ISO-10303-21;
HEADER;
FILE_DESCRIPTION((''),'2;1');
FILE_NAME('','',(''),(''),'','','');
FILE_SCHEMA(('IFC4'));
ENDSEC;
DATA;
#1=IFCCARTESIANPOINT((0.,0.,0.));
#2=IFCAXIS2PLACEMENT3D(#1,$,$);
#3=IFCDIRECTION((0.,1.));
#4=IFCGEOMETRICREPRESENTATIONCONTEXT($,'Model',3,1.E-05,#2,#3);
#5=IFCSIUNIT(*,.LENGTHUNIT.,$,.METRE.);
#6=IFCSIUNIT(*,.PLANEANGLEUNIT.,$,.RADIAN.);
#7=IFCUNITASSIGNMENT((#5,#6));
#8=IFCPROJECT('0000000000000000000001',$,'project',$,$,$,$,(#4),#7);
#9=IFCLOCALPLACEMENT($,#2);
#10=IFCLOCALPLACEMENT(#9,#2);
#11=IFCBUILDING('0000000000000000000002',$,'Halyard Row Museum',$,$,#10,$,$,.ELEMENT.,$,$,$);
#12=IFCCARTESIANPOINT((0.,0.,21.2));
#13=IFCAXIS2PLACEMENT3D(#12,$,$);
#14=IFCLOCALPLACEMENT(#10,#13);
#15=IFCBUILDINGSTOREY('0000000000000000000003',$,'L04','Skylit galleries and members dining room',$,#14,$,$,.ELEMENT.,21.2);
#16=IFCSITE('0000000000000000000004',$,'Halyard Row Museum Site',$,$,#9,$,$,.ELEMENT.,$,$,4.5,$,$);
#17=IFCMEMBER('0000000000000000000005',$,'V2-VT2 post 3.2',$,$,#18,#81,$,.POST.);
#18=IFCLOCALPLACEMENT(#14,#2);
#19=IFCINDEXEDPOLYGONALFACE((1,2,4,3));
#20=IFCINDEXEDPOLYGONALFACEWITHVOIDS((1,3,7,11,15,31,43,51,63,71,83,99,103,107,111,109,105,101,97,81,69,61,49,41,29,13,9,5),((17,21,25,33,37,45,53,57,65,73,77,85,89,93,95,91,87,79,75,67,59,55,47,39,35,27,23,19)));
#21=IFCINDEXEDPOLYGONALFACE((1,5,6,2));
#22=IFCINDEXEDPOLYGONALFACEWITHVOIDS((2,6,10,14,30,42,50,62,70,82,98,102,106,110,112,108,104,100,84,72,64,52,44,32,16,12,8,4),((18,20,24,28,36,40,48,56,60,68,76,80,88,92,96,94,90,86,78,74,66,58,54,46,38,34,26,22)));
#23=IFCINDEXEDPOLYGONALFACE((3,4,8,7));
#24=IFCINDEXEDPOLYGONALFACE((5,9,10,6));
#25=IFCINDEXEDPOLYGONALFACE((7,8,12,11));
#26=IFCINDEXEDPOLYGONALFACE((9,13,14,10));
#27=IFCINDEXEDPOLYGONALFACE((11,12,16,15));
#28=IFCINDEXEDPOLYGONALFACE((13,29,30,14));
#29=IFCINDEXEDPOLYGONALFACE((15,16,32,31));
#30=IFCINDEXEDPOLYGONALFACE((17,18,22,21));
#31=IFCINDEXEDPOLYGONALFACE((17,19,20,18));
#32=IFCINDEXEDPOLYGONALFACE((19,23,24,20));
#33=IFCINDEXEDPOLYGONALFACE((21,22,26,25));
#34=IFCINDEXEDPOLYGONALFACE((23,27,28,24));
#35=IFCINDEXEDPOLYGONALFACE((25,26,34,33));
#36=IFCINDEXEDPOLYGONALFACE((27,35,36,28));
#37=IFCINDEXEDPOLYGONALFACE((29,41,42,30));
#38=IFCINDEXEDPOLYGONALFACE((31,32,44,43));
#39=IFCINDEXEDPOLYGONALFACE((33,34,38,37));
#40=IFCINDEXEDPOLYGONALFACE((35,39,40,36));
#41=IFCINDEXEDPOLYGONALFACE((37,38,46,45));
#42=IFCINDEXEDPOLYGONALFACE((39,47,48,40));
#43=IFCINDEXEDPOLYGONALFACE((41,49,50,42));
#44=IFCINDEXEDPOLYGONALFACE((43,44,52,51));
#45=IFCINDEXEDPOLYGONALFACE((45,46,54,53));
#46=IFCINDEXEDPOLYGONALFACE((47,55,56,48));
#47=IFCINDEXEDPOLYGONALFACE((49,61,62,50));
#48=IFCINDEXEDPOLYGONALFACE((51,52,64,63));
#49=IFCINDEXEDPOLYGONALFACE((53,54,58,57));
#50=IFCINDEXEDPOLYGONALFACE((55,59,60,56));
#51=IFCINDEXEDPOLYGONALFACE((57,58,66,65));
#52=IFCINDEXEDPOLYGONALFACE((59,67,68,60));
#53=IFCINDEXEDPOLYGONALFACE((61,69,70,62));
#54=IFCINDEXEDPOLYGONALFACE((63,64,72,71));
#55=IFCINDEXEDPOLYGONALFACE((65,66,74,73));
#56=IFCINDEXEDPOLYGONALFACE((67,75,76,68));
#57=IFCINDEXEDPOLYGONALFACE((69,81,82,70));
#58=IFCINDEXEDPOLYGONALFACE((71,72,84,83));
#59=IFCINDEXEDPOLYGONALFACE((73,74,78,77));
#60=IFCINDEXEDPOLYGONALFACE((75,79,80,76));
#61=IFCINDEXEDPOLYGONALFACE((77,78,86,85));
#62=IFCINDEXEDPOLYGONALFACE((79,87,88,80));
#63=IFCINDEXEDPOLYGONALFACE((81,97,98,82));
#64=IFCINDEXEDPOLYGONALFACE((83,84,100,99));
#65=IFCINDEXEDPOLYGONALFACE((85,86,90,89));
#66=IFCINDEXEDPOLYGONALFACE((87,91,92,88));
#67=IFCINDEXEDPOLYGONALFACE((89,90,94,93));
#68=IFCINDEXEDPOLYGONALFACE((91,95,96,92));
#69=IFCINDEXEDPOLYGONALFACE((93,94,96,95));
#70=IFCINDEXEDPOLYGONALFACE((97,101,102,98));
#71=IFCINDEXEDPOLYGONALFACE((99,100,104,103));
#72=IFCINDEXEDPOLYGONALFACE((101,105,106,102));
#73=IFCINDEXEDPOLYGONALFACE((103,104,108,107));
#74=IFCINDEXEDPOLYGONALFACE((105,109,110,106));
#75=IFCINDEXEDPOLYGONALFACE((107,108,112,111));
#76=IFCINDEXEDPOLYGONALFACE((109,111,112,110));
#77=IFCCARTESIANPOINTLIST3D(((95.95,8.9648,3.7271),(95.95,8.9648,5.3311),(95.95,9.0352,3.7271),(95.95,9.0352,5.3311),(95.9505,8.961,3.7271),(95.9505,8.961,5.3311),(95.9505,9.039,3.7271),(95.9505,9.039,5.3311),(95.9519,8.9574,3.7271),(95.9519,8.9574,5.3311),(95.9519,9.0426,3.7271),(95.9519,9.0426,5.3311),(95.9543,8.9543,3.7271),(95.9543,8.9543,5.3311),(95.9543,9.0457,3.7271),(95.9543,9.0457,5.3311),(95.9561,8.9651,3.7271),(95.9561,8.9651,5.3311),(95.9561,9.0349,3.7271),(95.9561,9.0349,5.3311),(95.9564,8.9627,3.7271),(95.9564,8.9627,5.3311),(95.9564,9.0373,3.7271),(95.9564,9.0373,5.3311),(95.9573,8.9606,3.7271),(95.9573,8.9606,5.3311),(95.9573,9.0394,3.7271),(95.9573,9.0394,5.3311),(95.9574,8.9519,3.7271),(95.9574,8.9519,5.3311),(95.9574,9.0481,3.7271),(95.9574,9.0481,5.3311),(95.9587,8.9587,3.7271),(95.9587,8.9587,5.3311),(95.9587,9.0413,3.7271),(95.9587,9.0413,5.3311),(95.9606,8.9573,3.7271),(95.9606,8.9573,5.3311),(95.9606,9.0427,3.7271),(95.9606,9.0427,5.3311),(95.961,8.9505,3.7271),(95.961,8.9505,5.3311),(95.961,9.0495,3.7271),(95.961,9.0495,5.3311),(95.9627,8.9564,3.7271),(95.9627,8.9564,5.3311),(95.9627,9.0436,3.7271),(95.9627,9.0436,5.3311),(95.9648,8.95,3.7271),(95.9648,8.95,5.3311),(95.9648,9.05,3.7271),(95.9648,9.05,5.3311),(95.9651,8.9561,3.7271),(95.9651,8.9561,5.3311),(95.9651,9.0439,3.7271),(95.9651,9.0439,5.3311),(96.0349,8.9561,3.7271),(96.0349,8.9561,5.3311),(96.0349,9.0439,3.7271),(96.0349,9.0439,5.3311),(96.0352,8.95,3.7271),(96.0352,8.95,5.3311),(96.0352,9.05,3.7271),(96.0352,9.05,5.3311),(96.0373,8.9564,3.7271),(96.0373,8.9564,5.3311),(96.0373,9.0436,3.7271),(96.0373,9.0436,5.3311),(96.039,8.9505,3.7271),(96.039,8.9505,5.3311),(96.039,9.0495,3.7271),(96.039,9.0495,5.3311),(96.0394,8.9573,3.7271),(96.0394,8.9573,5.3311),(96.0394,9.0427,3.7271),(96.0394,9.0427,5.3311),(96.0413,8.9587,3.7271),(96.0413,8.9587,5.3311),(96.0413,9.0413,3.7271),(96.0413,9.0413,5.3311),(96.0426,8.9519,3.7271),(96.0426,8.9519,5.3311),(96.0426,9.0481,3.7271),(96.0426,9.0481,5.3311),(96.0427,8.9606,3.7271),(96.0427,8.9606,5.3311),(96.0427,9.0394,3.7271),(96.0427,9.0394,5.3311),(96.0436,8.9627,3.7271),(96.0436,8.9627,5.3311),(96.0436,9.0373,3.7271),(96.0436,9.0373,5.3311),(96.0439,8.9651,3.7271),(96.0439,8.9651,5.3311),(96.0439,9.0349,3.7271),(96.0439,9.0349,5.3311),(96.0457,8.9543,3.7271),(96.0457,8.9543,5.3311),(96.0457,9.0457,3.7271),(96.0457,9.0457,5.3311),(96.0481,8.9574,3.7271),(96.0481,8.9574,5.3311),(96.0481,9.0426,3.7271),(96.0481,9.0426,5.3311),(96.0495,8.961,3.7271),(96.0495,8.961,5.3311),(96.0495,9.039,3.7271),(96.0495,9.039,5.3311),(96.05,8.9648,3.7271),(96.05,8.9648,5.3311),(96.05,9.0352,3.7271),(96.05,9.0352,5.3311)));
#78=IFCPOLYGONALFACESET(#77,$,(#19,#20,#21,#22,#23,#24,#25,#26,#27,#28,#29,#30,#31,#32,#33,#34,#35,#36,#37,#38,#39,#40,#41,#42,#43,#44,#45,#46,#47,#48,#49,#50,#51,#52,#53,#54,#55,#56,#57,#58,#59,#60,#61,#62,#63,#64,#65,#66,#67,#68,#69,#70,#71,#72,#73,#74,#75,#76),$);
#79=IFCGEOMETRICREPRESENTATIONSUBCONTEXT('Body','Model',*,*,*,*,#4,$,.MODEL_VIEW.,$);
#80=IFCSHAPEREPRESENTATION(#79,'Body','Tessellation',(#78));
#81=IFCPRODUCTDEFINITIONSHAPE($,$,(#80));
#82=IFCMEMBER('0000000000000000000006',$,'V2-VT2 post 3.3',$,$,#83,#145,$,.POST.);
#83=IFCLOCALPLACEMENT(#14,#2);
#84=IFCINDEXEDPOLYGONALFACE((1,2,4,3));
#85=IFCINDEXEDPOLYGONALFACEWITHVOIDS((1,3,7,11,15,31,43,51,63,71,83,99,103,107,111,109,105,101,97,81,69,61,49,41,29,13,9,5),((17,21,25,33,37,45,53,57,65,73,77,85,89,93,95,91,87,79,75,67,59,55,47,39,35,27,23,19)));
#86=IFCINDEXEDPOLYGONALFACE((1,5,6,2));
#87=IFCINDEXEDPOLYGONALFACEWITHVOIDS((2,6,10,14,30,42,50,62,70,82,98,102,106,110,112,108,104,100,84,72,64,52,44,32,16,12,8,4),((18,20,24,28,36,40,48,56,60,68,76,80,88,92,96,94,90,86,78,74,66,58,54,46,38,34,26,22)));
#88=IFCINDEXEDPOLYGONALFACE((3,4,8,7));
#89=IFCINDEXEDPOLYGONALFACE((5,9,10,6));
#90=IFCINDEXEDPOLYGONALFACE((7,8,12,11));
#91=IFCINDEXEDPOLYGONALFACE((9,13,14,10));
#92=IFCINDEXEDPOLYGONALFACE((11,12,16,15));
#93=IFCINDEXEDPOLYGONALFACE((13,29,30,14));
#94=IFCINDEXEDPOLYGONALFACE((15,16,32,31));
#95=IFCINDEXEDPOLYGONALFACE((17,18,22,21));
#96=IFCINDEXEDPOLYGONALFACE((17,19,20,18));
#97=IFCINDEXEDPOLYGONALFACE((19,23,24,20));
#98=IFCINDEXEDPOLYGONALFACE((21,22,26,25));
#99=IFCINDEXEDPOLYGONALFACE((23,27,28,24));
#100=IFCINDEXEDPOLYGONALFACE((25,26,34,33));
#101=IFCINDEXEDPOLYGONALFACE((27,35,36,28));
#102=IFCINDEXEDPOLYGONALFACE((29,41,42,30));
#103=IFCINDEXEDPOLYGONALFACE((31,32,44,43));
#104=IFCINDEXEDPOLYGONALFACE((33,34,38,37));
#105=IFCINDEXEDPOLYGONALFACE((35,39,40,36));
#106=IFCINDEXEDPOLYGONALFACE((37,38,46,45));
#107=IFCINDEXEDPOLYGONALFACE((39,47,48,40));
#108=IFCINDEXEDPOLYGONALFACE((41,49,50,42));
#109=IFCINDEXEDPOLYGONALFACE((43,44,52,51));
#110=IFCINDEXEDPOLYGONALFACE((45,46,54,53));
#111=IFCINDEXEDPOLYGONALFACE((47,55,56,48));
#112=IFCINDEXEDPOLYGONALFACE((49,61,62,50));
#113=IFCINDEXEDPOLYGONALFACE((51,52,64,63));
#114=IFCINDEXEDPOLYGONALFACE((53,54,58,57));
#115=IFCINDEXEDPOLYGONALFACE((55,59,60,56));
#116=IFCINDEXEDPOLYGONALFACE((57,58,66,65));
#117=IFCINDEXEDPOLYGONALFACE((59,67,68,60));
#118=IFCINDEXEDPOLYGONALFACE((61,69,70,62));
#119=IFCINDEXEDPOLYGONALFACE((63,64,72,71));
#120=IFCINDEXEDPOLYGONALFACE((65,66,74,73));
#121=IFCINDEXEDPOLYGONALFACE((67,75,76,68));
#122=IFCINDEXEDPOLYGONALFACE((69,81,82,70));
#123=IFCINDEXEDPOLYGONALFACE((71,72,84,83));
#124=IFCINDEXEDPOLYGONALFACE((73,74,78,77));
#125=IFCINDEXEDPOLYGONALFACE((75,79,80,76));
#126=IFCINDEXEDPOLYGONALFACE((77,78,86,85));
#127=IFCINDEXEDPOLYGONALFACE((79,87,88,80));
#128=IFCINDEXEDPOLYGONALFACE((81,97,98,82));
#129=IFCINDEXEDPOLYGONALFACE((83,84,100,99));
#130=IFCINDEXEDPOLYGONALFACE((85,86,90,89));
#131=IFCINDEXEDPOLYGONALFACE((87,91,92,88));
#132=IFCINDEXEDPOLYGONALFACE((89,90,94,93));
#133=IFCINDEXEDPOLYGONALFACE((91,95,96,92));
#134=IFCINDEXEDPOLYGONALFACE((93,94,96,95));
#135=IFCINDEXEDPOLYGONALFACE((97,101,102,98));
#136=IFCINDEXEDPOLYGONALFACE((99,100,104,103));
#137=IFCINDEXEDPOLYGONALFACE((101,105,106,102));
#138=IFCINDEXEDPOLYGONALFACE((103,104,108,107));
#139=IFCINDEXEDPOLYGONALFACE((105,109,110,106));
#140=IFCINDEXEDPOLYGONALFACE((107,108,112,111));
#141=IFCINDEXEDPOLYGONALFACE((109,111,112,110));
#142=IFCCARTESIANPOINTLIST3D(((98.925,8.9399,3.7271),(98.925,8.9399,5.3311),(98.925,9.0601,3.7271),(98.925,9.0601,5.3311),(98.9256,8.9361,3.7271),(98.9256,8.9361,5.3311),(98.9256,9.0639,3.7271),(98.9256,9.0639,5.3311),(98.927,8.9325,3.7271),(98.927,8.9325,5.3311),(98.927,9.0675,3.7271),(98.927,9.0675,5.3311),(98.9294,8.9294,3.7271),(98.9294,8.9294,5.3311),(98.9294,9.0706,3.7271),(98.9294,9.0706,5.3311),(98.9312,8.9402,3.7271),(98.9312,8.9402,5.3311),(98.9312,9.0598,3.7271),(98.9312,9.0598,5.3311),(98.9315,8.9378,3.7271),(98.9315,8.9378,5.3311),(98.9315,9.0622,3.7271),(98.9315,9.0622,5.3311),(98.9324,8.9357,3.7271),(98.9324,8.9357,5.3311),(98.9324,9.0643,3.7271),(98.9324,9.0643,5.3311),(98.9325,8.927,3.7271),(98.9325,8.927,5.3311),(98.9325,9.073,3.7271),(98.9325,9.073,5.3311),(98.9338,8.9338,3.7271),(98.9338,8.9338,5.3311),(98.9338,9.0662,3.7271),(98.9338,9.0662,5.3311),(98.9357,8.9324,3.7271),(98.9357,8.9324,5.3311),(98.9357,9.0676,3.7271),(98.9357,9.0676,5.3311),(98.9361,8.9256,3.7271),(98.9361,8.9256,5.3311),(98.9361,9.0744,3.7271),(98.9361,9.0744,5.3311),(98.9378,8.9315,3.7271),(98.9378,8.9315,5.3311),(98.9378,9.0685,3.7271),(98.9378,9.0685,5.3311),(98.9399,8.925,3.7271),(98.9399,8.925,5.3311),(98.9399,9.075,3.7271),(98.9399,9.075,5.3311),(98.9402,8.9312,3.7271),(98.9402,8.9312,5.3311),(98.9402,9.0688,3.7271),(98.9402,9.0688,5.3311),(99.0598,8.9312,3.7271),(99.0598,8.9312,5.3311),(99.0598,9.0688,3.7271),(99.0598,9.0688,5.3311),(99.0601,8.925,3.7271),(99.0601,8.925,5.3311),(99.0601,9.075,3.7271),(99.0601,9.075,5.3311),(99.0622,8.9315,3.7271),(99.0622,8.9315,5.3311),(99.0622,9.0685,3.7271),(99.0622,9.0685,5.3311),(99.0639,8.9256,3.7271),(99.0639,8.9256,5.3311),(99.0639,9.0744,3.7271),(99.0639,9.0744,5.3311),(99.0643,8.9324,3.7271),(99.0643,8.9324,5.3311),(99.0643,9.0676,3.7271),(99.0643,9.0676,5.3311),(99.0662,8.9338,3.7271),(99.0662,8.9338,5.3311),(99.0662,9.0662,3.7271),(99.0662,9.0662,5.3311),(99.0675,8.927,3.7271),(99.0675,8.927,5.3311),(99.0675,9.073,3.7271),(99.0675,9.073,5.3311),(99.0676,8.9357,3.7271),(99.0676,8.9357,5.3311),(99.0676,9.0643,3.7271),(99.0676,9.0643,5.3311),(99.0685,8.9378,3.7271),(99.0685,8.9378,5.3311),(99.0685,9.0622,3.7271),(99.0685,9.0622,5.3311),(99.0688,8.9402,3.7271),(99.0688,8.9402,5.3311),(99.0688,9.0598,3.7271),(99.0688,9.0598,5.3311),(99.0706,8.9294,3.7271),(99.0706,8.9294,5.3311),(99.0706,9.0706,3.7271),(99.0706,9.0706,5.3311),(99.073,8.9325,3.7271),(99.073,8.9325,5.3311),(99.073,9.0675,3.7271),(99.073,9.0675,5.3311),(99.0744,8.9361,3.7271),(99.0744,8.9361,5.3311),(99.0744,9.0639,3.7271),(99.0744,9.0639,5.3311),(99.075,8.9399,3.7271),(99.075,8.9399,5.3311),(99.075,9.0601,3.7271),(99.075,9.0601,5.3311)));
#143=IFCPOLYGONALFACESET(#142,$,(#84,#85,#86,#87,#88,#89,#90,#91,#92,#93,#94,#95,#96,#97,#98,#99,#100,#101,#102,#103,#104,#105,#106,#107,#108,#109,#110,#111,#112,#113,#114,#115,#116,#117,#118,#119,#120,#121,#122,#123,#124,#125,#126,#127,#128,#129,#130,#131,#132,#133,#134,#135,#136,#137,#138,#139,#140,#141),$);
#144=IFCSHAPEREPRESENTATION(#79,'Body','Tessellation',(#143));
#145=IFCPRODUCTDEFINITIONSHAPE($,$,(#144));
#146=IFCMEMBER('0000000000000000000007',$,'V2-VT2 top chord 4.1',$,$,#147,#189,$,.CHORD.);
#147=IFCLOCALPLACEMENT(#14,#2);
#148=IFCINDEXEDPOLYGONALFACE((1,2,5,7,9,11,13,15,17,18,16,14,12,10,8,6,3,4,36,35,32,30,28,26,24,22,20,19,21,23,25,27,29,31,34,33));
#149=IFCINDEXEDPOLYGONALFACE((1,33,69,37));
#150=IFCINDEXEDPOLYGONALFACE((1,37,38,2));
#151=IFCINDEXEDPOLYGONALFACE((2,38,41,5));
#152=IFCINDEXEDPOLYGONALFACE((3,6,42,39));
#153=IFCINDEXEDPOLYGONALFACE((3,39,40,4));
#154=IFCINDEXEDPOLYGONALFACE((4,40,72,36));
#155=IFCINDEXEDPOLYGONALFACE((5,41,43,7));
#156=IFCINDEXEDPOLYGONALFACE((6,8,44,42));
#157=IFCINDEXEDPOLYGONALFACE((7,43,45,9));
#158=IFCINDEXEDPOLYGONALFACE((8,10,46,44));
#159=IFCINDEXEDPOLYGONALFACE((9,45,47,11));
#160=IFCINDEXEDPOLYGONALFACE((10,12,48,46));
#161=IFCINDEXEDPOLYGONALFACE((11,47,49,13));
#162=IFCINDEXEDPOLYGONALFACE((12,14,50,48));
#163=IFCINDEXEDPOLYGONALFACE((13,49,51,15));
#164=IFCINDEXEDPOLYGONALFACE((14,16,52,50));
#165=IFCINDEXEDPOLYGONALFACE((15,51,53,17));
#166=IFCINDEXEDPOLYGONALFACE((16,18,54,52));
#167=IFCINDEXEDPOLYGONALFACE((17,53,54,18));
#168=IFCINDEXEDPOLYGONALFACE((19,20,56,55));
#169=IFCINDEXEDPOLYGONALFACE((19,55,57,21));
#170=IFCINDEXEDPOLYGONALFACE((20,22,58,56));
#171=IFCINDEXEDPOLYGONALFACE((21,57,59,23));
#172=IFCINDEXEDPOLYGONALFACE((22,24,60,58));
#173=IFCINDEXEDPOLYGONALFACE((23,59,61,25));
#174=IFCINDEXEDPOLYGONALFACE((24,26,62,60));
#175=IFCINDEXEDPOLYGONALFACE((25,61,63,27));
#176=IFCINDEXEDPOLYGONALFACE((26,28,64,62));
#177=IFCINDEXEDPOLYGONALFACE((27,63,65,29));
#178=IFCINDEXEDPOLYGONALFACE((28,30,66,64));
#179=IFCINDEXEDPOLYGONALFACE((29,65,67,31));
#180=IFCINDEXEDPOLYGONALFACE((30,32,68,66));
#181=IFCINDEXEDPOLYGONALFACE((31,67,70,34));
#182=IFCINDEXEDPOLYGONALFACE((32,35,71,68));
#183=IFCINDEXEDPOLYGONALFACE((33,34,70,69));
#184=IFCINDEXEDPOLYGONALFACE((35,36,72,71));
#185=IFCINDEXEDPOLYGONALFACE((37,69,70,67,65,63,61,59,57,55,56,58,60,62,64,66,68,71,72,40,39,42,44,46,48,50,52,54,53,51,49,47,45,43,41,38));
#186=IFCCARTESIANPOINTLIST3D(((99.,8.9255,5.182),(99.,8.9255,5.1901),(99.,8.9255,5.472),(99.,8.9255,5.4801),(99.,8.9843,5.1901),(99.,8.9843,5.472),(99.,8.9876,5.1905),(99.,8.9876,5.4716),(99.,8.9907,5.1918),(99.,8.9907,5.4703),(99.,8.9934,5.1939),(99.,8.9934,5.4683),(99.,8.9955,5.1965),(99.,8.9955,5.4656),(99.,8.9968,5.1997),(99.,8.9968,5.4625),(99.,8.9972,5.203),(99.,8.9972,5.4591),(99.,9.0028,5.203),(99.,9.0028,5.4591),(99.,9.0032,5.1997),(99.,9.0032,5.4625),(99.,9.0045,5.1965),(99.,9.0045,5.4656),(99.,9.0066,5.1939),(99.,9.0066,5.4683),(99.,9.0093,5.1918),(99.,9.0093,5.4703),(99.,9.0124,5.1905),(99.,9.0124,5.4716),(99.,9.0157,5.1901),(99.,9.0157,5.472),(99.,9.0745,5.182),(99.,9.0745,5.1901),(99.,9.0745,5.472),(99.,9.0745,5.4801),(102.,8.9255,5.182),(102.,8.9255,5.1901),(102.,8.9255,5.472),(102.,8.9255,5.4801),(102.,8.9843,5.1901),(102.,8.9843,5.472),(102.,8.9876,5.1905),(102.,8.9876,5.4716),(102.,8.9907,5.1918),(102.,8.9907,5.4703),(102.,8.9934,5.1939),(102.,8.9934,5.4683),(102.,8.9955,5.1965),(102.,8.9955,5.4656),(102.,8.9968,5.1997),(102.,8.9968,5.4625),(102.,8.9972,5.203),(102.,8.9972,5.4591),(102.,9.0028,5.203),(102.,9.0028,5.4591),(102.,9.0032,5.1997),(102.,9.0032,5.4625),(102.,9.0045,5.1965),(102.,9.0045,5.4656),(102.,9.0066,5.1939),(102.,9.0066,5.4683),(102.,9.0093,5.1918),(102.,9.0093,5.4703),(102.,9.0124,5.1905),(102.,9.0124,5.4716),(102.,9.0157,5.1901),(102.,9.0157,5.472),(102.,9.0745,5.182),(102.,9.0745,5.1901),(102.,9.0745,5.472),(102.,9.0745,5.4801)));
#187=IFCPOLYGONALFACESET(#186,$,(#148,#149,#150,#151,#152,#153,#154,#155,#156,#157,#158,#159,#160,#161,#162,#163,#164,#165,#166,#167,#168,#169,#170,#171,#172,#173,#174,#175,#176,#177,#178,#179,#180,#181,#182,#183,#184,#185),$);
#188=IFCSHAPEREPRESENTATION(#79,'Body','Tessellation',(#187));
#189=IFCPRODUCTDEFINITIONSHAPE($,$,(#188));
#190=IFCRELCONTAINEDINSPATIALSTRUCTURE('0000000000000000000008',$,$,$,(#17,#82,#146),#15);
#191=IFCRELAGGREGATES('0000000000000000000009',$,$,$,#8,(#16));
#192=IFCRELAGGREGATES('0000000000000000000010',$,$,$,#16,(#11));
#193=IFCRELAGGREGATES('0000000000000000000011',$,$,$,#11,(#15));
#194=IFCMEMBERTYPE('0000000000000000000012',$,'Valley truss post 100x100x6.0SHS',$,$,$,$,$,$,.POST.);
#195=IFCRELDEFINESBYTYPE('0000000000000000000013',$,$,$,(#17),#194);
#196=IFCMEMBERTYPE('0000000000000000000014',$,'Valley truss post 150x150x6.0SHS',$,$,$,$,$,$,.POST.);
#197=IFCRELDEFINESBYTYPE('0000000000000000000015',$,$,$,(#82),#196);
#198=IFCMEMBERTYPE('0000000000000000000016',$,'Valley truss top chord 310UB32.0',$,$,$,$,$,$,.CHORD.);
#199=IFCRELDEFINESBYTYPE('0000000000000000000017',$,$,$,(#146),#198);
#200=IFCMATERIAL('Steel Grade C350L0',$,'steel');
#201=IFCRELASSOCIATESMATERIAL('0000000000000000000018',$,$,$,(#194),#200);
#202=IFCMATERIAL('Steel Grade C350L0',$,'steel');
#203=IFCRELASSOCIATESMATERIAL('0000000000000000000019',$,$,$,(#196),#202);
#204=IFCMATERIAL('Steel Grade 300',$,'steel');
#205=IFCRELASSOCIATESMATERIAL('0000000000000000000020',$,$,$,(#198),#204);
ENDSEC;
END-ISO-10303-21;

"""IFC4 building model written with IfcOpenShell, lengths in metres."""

from ifc_helpers import new_model, si_unit, direction, frame, origin, origin_2d, place, context, subcontext, project, spatial, hollow_rectangle, i_section, extrude, material, material_profile, profile_set, type_object, element, save


model = new_model("IFC4")

# Units and contexts
model_context = context("Model", 3, precision=1e-05, world=origin(), true_north=direction((0.0, 1.0)))
body_context = subcontext(model_context, "Body", "Model", "MODEL_VIEW")
ifc_project = project(units=[si_unit("LENGTHUNIT", "METRE"), si_unit("PLANEANGLEUNIT", "RADIAN")], contexts=[model_context])

# Site, building, storey
site_placement = place(None, origin())
site = spatial("IfcSite", under=ifc_project, at=site_placement, Name="Halyard Row Museum Site", CompositionType="ELEMENT", RefElevation=4.5)
building_placement = place(site_placement, origin())
building = spatial("IfcBuilding", under=site, at=building_placement, Name="Halyard Row Museum", CompositionType="ELEMENT")
storey_placement = place(building_placement, frame((0.0, 0.0, 21.2)))
storey = spatial("IfcBuildingStorey", under=building, at=storey_placement, Name="L04", Description="Skylit galleries and members dining room", CompositionType="ELEMENT", Elevation=21.2)

# Members
ifc_material_1 = material(Name="Steel Grade C350L0", Category="steel")
ifc_material_profile_1 = material_profile(ifc_material_1, hollow_rectangle(XDim=0.1001, YDim=0.1001, WallThickness=0.0061, InnerFilletRadius=0.009, OuterFilletRadius=0.0149, at=origin_2d()), Name="100x100x6.0SHS")
ifc_profile_set_1 = profile_set([ifc_material_profile_1], Name="Steel Grade C350L0")
member_type_1 = type_object("IfcMemberType", Name="Valley truss post 100x100x6.0SHS", PredefinedType="POST", material=ifc_profile_set_1)
member_1_placement = place(storey_placement, frame((96.0, 9.0, 3.7271), z_axis=(0.0, 0.0, 1.0), x_axis=(1.0, 0.0, 0.0)))
element("IfcMember", 1, at=member_1_placement, inside=storey, type_object=member_type_1, Name="V2-VT2 post 3.2", PredefinedType="POST", context=body_context, shape_type="SweptSolid", body=[
    extrude(hollow_rectangle(XDim=0.1001, YDim=0.1001, WallThickness=0.0061, InnerFilletRadius=0.009, OuterFilletRadius=0.0149, at=origin_2d()), origin(), (0.0, 0.0, 1.0), 1.604),
])
ifc_material_2 = material(Name="Steel Grade C350L0", Category="steel")
ifc_material_profile_2 = material_profile(ifc_material_2, hollow_rectangle(XDim=0.1499, YDim=0.1499, WallThickness=0.0061, InnerFilletRadius=0.009, OuterFilletRadius=0.0149, at=origin_2d()), Name="150x150x6.0SHS")
ifc_profile_set_2 = profile_set([ifc_material_profile_2], Name="Steel Grade C350L0")
member_type_2 = type_object("IfcMemberType", Name="Valley truss post 150x150x6.0SHS", PredefinedType="POST", material=ifc_profile_set_2)
member_2_placement = place(storey_placement, frame((99.0, 9.0, 3.7271), z_axis=(0.0, 0.0, 1.0), x_axis=(1.0, 0.0, 0.0)))
element("IfcMember", 2, at=member_2_placement, inside=storey, type_object=member_type_2, Name="V2-VT2 post 3.3", PredefinedType="POST", context=body_context, shape_type="SweptSolid", body=[
    extrude(hollow_rectangle(XDim=0.1499, YDim=0.1499, WallThickness=0.0061, InnerFilletRadius=0.009, OuterFilletRadius=0.0149, at=origin_2d()), origin(), (0.0, 0.0, 1.0), 1.604),
])
ifc_material_3 = material(Name="Steel Grade 300", Category="steel")
ifc_material_profile_3 = material_profile(ifc_material_3, i_section(OverallWidth=0.1489, OverallDepth=0.2981, WebThickness=0.0056, FlangeThickness=0.0081, FilletRadius=0.0129, at=origin_2d()), Name="310UB32.0")
ifc_profile_set_3 = profile_set([ifc_material_profile_3], Name="Steel Grade 300")
member_type_3 = type_object("IfcMemberType", Name="Valley truss top chord 310UB32.0", PredefinedType="CHORD", material=ifc_profile_set_3)
member_3_placement = place(storey_placement, frame((99.0, 9.0, 5.3311), z_axis=(1.0, 0.0, 0.0), x_axis=(0.0, 1.0, 0.0)))
element("IfcMember", 3, at=member_3_placement, inside=storey, type_object=member_type_3, Name="V2-VT2 top chord 4.1", PredefinedType="CHORD", context=body_context, shape_type="SweptSolid", body=[
    extrude(i_section(OverallWidth=0.1489, OverallDepth=0.2981, WebThickness=0.0056, FlangeThickness=0.0081, FilletRadius=0.0129, at=origin_2d()), origin(), (0.0, 0.0, 1.0), 3.0),
])

save(model, "model.ifc")
